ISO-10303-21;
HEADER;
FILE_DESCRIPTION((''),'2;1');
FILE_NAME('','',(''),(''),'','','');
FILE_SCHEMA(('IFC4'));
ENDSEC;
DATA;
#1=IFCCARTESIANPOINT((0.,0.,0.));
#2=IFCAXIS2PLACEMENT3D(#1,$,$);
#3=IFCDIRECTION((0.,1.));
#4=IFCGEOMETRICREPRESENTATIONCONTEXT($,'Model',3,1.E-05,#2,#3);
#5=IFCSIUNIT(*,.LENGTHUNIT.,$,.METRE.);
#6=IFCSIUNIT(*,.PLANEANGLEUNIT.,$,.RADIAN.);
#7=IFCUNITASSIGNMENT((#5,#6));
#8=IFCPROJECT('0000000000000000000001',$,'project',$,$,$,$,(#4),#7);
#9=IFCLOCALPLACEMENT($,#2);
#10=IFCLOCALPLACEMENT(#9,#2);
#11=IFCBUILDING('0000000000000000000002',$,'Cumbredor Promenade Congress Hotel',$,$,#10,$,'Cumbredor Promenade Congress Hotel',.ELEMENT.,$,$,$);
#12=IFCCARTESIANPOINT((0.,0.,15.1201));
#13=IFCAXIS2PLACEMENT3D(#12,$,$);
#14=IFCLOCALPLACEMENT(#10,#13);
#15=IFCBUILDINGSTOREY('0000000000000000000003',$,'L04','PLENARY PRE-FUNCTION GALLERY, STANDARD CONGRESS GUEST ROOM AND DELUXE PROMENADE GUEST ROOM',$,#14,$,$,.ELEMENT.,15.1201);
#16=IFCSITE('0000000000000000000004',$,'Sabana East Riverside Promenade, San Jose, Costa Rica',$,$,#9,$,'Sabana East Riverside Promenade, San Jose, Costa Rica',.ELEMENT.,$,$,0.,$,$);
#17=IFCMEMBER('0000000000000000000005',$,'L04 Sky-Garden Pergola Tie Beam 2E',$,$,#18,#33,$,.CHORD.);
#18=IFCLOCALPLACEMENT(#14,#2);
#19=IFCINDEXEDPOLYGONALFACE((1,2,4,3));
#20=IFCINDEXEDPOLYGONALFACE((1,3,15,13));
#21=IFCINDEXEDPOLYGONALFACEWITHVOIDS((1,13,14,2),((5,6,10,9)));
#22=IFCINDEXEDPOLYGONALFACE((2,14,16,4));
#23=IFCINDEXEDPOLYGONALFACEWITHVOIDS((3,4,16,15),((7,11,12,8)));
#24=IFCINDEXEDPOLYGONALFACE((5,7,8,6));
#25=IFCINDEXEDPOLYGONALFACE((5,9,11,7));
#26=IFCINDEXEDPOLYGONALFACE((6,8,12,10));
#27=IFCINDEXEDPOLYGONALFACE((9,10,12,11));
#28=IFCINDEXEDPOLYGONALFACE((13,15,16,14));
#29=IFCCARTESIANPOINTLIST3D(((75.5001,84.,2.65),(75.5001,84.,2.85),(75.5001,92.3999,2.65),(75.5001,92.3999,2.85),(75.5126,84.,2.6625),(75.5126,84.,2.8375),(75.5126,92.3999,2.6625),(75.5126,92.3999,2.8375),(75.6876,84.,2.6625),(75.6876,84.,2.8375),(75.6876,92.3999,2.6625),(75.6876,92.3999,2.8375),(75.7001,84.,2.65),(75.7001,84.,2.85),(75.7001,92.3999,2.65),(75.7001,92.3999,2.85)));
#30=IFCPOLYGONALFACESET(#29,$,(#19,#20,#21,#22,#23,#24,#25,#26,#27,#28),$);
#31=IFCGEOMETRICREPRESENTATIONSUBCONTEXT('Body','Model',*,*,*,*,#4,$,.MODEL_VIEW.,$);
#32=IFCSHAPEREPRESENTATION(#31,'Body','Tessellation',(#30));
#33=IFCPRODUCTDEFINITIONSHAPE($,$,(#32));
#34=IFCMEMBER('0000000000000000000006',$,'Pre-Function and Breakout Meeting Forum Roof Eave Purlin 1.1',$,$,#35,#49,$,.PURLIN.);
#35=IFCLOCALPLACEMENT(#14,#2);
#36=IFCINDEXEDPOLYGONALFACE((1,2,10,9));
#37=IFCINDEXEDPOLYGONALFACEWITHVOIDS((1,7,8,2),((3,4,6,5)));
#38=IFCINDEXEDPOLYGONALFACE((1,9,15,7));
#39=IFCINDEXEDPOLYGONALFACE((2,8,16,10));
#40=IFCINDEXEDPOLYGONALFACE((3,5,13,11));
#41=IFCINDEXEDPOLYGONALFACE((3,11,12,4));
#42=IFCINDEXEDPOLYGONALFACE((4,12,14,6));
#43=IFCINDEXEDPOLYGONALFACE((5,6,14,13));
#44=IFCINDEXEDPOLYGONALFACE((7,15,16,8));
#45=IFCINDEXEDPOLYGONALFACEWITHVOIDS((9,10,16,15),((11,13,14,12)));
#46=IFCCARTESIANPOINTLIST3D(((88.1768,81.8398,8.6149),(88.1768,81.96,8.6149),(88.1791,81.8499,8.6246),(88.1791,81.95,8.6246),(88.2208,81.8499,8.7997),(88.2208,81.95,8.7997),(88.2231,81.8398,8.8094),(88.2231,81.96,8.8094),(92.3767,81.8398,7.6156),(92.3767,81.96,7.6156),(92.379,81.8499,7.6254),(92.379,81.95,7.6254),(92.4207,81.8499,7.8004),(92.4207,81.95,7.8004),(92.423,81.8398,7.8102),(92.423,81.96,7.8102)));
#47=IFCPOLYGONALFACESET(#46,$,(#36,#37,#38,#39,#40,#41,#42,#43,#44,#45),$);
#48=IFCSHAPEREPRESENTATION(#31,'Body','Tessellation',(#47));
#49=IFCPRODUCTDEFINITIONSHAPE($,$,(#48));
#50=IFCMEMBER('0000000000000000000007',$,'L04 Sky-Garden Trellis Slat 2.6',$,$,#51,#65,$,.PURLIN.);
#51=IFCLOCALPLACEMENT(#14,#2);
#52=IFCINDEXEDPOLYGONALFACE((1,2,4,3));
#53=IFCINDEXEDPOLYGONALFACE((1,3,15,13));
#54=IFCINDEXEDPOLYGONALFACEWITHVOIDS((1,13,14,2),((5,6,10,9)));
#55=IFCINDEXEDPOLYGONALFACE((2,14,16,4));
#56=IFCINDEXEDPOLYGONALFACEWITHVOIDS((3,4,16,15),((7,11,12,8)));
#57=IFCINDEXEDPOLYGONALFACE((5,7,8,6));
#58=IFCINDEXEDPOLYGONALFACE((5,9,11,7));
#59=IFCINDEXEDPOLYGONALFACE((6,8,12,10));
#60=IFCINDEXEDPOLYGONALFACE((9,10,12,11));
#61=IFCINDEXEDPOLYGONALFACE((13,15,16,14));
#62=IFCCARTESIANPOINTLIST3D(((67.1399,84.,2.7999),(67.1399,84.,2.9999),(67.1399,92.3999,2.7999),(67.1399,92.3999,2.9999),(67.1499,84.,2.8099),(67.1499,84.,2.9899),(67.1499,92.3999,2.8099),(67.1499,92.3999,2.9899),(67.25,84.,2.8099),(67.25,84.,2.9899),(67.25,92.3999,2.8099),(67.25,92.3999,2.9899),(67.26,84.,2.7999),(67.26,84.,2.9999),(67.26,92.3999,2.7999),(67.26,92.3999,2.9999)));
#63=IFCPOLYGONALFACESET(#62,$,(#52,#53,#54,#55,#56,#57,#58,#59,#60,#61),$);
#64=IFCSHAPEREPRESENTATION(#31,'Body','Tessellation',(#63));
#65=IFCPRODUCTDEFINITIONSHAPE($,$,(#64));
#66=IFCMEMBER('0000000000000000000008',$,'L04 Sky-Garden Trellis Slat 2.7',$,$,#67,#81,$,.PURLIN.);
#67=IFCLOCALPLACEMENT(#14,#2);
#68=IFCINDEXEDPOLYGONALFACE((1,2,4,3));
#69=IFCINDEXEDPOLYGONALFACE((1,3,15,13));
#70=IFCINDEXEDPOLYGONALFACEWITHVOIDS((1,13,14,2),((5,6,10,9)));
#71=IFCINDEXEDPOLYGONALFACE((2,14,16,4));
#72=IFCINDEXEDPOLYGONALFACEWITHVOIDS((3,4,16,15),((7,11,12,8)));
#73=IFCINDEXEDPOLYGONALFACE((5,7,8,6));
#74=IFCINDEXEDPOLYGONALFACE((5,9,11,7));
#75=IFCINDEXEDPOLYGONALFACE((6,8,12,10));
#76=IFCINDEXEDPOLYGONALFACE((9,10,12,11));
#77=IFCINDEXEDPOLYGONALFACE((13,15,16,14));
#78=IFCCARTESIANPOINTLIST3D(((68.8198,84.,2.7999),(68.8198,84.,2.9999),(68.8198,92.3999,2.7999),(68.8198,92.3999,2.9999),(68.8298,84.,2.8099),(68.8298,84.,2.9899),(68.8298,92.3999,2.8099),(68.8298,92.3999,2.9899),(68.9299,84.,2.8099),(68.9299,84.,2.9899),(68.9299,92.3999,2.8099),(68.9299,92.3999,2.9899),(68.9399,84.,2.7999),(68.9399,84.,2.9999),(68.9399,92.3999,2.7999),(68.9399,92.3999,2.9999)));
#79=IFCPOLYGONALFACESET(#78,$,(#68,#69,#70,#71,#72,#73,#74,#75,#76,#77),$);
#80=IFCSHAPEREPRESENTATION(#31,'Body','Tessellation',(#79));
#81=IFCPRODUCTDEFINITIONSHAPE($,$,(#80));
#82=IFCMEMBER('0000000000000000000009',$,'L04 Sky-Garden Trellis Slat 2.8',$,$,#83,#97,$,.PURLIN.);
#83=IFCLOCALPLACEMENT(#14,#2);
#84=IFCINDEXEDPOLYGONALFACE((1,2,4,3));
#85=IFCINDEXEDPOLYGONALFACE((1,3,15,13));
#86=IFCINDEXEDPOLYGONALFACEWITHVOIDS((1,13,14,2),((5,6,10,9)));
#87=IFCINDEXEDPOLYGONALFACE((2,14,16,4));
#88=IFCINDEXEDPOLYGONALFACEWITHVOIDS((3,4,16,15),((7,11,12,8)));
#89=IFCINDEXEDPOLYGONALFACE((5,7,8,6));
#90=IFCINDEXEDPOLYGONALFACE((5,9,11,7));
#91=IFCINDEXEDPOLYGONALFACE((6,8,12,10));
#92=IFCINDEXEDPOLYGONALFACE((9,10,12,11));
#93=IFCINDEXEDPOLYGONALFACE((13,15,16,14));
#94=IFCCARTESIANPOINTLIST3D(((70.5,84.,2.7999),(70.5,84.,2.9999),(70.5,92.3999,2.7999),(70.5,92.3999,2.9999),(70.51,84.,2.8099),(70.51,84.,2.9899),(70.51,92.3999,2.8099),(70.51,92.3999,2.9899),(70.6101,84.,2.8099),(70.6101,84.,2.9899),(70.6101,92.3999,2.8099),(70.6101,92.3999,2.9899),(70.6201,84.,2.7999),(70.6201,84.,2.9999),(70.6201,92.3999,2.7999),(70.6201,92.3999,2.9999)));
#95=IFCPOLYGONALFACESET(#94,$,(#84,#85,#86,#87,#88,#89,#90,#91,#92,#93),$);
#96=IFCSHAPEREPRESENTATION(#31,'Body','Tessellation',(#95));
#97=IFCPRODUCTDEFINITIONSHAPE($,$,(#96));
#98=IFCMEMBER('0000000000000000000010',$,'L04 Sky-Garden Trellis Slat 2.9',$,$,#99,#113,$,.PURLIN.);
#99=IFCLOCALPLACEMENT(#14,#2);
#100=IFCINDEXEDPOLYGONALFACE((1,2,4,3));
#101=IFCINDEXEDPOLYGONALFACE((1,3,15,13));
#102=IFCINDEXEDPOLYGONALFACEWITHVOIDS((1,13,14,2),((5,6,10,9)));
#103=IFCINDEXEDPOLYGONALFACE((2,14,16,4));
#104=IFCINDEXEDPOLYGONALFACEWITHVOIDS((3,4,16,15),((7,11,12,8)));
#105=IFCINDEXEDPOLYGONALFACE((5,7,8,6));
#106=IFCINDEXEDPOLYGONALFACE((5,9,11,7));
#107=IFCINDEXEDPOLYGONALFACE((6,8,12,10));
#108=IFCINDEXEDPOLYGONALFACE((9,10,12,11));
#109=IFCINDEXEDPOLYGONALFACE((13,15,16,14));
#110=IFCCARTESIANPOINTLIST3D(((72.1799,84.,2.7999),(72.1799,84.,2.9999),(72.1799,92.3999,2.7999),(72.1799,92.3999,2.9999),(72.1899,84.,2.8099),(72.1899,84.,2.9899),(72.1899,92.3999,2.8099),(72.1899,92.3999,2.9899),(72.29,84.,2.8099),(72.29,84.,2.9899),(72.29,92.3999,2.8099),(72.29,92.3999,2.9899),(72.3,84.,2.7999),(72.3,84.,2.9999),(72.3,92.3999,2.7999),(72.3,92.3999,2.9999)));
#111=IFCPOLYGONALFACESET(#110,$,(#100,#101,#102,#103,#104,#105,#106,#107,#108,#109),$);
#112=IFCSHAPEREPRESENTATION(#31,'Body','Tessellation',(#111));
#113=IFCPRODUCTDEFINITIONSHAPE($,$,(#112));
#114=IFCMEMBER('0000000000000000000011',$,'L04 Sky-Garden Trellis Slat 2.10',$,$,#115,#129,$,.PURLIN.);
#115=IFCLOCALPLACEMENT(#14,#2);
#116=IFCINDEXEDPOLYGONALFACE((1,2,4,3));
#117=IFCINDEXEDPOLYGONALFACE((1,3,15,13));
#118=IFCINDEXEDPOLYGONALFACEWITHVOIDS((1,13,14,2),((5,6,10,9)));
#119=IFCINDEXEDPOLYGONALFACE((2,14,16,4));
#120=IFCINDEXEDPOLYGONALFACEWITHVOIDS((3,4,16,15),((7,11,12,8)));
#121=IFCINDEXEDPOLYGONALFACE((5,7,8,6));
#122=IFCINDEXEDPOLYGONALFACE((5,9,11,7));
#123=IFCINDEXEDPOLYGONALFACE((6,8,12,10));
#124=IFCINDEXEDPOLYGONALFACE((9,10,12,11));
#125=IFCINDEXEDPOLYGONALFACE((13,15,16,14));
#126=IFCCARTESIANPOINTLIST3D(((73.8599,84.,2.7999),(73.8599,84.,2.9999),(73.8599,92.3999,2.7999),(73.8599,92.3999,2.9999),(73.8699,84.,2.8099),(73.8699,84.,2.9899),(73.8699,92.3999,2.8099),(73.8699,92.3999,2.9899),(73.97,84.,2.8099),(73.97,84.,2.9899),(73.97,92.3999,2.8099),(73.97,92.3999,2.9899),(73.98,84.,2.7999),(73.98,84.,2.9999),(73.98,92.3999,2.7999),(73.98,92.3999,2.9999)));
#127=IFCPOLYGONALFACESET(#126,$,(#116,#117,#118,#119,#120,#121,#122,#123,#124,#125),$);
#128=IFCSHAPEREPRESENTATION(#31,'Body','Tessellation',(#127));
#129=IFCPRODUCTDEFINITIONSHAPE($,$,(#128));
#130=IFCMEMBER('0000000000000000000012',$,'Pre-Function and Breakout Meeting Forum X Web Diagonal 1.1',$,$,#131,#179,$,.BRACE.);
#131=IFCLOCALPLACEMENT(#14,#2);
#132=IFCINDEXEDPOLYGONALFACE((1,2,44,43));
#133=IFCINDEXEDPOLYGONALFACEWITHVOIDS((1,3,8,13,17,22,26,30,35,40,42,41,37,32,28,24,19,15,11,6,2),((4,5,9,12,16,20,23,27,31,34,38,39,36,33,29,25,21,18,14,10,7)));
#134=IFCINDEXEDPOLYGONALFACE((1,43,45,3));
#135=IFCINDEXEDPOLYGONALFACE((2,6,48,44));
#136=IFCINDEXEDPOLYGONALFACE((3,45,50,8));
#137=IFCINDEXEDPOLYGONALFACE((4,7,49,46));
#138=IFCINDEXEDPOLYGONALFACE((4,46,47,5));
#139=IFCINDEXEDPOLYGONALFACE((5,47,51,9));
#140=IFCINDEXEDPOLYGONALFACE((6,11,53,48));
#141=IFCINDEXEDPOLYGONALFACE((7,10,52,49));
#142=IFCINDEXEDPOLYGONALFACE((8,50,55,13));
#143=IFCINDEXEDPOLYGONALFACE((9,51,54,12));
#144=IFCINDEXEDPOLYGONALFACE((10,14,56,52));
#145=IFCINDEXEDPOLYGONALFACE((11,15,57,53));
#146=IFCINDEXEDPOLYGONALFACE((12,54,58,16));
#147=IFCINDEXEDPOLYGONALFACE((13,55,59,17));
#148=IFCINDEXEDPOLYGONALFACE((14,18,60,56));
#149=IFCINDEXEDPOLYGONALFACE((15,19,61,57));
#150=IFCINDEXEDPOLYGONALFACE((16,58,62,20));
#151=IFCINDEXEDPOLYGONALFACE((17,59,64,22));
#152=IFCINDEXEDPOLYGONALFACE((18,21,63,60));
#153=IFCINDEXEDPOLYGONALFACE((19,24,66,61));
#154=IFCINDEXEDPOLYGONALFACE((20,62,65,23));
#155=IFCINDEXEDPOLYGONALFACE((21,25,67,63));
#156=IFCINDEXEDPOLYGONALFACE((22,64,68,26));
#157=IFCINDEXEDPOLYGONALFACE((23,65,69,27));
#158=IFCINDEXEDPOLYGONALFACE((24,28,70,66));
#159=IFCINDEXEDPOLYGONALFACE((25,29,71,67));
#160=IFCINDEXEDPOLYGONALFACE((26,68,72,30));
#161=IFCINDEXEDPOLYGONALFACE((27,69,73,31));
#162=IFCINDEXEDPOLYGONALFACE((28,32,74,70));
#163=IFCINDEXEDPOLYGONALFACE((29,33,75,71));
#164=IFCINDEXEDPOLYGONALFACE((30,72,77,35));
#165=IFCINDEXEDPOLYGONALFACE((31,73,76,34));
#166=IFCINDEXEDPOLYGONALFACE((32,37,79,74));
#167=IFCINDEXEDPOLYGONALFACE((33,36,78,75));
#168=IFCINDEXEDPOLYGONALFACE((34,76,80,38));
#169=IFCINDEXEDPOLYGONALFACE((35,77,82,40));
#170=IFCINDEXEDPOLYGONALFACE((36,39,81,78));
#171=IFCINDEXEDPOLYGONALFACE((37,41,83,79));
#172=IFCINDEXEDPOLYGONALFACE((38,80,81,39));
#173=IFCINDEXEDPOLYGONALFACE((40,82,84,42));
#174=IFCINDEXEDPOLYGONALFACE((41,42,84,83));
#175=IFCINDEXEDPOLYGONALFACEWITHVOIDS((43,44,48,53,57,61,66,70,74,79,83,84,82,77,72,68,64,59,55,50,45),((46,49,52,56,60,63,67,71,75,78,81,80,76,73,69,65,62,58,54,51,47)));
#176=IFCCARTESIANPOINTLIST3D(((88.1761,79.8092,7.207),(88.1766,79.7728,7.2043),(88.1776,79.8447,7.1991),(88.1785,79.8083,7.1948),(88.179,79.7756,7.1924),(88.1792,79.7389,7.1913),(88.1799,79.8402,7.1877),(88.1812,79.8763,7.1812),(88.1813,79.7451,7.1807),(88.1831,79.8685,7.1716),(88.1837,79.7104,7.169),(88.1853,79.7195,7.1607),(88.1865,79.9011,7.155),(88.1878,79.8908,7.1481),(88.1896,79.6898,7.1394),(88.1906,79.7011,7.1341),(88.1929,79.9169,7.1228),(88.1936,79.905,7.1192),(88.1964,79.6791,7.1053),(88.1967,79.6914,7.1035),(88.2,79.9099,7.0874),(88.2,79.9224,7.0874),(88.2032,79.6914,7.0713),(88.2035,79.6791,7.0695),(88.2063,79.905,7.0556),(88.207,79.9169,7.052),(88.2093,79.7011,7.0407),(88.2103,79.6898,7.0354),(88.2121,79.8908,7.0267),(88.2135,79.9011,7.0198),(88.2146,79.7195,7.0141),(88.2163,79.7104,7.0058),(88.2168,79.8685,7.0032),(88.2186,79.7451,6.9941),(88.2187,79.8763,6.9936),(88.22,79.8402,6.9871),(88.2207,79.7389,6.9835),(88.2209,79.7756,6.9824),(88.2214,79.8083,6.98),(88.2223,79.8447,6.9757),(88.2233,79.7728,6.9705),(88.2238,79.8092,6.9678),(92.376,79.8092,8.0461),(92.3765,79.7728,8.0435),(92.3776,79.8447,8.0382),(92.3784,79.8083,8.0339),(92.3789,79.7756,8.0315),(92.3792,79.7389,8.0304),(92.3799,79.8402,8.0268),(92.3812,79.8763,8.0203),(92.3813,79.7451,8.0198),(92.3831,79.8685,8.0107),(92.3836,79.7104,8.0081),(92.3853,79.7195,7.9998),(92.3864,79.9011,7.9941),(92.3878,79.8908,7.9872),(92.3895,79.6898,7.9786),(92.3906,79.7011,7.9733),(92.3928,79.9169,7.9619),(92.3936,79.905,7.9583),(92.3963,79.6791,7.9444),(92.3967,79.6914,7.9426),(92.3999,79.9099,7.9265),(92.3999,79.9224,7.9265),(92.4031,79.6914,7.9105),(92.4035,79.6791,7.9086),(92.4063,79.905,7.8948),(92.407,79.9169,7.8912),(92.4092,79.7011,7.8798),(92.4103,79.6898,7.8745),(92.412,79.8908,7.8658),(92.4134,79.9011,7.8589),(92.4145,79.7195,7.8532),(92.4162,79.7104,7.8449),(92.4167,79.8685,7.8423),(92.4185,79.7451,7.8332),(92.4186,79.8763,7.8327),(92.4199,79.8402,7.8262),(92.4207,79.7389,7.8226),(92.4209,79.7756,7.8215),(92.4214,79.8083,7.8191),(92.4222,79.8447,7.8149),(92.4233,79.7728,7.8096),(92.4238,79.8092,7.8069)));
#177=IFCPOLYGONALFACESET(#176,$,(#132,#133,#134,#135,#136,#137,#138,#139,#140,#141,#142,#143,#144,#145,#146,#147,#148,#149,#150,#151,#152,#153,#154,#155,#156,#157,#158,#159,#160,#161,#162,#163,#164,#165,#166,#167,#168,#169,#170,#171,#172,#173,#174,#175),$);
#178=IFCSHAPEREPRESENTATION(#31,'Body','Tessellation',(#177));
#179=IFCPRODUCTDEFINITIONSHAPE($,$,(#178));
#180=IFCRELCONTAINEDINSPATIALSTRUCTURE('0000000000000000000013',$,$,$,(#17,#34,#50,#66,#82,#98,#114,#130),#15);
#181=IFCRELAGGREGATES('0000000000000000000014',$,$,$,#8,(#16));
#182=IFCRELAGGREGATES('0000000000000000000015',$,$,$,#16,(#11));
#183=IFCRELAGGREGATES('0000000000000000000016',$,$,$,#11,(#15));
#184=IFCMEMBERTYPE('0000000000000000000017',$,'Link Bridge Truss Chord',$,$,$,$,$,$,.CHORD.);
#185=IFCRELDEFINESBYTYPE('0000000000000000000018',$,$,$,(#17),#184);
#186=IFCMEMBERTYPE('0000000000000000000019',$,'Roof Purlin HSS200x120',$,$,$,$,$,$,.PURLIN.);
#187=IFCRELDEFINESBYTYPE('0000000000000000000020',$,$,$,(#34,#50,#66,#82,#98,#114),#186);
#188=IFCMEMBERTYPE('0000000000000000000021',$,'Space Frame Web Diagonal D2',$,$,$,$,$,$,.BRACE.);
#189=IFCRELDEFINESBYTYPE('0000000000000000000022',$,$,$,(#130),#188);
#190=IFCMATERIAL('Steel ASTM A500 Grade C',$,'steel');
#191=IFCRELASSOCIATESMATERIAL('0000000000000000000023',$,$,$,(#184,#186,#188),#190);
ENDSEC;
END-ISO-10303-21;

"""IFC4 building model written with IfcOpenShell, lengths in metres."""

from ifc_helpers import new_model, si_unit, direction, frame, origin, origin_2d, place, context, subcontext, project, spatial, hollow_rectangle, hollow_circle, extrude, material, material_profile, profile_set, type_object, element, save


model = new_model("IFC4")

# Units and contexts
model_context = context("Model", 3, precision=1e-05, world=origin(), true_north=direction((0.0, 1.0)))
body_context = subcontext(model_context, "Body", "Model", "MODEL_VIEW")
ifc_project = project(units=[si_unit("LENGTHUNIT", "METRE"), si_unit("PLANEANGLEUNIT", "RADIAN")], contexts=[model_context])

# Site, building, storey
site_placement = place(None, origin())
site = spatial("IfcSite", under=ifc_project, at=site_placement, Name="Sabana East Riverside Promenade, San Jose, Costa Rica", LongName="Sabana East Riverside Promenade, San Jose, Costa Rica", CompositionType="ELEMENT", RefElevation=0.0)
building_placement = place(site_placement, origin())
building = spatial("IfcBuilding", under=site, at=building_placement, Name="Cumbredor Promenade Congress Hotel", LongName="Cumbredor Promenade Congress Hotel", CompositionType="ELEMENT")
storey_placement = place(building_placement, frame((0.0, 0.0, 15.1201)))
storey = spatial("IfcBuildingStorey", under=building, at=storey_placement, Name="L04", Description="PLENARY PRE-FUNCTION GALLERY, STANDARD CONGRESS GUEST ROOM AND DELUXE PROMENADE GUEST ROOM", CompositionType="ELEMENT", Elevation=15.1201)

# Shared definitions
ifc_material_1 = material(Name="Steel ASTM A500 Grade C", Category="steel")

# Members
ifc_material_profile_1 = material_profile(ifc_material_1, hollow_rectangle(XDim=0.2, YDim=0.2, WallThickness=0.0125, at=origin_2d()), Name="HSS 200x200x12.5")
ifc_profile_set_1 = profile_set([ifc_material_profile_1], Name="Steel ASTM A500 Grade C")
member_type_1 = type_object("IfcMemberType", Name="Link Bridge Truss Chord", PredefinedType="CHORD", material=ifc_profile_set_1)
member_1_placement = place(storey_placement, frame((75.6001, 84.0, 2.75), z_axis=(0.0, 1.0, 0.0), x_axis=(-1.0, 0.0, 0.0)))
element("IfcMember", 1, at=member_1_placement, inside=storey, type_object=member_type_1, Name="L04 Sky-Garden Pergola Tie Beam 2E", PredefinedType="CHORD", context=body_context, shape_type="SweptSolid", body=[
    extrude(hollow_rectangle(XDim=0.2, YDim=0.2, WallThickness=0.0125, at=origin_2d()), origin(), (0.0, 0.0, 1.0), 8.3999),
])
ifc_material_profile_2 = material_profile(ifc_material_1, hollow_rectangle(XDim=0.1201, YDim=0.2, WallThickness=0.01, at=origin_2d()), Name="HSS 200x120x10")
ifc_profile_set_2 = profile_set([ifc_material_profile_2], Name="Steel ASTM A500 Grade C")
member_type_2 = type_object("IfcMemberType", Name="Roof Purlin HSS200x120", PredefinedType="PURLIN", material=ifc_profile_set_2)
member_2_placement = place(storey_placement, frame((88.2, 81.8999, 8.7122), z_axis=(0.972844, 0.0, -0.231463), x_axis=(0.0, 1.0, 0.0)))
element("IfcMember", 2, at=member_2_placement, inside=storey, type_object=member_type_2, Name="Pre-Function and Breakout Meeting Forum Roof Eave Purlin 1.1", PredefinedType="PURLIN", context=body_context, shape_type="SweptSolid", body=[
    extrude(hollow_rectangle(XDim=0.1201, YDim=0.2, WallThickness=0.01, at=origin_2d()), origin(), (0.0, 0.0, 1.0), 4.3171),
])
for number, where, z_axis, x_axis, name in (
    (3, (67.2, 84.0, 2.8999), (0.0, 1.0, 0.0), (-1.0, 0.0, 0.0), "L04 Sky-Garden Trellis Slat 2.6"),
    (4, (68.8799, 84.0, 2.8999), (0.0, 1.0, 0.0), (-1.0, 0.0, 0.0), "L04 Sky-Garden Trellis Slat 2.7"),
    (5, (70.5601, 84.0, 2.8999), (0.0, 1.0, 0.0), (-1.0, 0.0, 0.0), "L04 Sky-Garden Trellis Slat 2.8"),
    (6, (72.24, 84.0, 2.8999), (0.0, 1.0, 0.0), (-1.0, 0.0, 0.0), "L04 Sky-Garden Trellis Slat 2.9"),
    (7, (73.9199, 84.0, 2.8999), (0.0, 1.0, 0.0), (-1.0, 0.0, 0.0), "L04 Sky-Garden Trellis Slat 2.10"),
):
    element("IfcMember", number, at=place(storey_placement, frame(where, z_axis=z_axis, x_axis=x_axis)), inside=storey, type_object=member_type_2, Name=name, PredefinedType="PURLIN", context=body_context, shape_type="SweptSolid", body=[
        extrude(hollow_rectangle(XDim=0.1201, YDim=0.2, WallThickness=0.01, at=origin_2d()), origin(), (0.0, 0.0, 1.0), 8.3999),
    ])
ifc_material_profile_3 = material_profile(ifc_material_1, hollow_circle(Radius=0.1223, WallThickness=0.0125, at=origin_2d()), Name="CHS 244.5x12.5")
ifc_profile_set_3 = profile_set([ifc_material_profile_3], Name="Steel ASTM A500 Grade C")
member_type_3 = type_object("IfcMemberType", Name="Space Frame Web Diagonal D2", PredefinedType="BRACE", material=ifc_profile_set_3)
member_3_placement = place(storey_placement, frame((88.2, 79.8, 7.0874), z_axis=(0.98062, 0.0, 0.195919), x_axis=(0.0, 1.0, 0.0)))
element("IfcMember", 8, at=member_3_placement, inside=storey, type_object=member_type_3, Name="Pre-Function and Breakout Meeting Forum X Web Diagonal 1.1", PredefinedType="BRACE", context=body_context, shape_type="SweptSolid", body=[
    extrude(hollow_circle(Radius=0.1223, WallThickness=0.0125, at=origin_2d()), origin(), (0.0, 0.0, 1.0), 4.283),
])

save(model, "model.ifc")
